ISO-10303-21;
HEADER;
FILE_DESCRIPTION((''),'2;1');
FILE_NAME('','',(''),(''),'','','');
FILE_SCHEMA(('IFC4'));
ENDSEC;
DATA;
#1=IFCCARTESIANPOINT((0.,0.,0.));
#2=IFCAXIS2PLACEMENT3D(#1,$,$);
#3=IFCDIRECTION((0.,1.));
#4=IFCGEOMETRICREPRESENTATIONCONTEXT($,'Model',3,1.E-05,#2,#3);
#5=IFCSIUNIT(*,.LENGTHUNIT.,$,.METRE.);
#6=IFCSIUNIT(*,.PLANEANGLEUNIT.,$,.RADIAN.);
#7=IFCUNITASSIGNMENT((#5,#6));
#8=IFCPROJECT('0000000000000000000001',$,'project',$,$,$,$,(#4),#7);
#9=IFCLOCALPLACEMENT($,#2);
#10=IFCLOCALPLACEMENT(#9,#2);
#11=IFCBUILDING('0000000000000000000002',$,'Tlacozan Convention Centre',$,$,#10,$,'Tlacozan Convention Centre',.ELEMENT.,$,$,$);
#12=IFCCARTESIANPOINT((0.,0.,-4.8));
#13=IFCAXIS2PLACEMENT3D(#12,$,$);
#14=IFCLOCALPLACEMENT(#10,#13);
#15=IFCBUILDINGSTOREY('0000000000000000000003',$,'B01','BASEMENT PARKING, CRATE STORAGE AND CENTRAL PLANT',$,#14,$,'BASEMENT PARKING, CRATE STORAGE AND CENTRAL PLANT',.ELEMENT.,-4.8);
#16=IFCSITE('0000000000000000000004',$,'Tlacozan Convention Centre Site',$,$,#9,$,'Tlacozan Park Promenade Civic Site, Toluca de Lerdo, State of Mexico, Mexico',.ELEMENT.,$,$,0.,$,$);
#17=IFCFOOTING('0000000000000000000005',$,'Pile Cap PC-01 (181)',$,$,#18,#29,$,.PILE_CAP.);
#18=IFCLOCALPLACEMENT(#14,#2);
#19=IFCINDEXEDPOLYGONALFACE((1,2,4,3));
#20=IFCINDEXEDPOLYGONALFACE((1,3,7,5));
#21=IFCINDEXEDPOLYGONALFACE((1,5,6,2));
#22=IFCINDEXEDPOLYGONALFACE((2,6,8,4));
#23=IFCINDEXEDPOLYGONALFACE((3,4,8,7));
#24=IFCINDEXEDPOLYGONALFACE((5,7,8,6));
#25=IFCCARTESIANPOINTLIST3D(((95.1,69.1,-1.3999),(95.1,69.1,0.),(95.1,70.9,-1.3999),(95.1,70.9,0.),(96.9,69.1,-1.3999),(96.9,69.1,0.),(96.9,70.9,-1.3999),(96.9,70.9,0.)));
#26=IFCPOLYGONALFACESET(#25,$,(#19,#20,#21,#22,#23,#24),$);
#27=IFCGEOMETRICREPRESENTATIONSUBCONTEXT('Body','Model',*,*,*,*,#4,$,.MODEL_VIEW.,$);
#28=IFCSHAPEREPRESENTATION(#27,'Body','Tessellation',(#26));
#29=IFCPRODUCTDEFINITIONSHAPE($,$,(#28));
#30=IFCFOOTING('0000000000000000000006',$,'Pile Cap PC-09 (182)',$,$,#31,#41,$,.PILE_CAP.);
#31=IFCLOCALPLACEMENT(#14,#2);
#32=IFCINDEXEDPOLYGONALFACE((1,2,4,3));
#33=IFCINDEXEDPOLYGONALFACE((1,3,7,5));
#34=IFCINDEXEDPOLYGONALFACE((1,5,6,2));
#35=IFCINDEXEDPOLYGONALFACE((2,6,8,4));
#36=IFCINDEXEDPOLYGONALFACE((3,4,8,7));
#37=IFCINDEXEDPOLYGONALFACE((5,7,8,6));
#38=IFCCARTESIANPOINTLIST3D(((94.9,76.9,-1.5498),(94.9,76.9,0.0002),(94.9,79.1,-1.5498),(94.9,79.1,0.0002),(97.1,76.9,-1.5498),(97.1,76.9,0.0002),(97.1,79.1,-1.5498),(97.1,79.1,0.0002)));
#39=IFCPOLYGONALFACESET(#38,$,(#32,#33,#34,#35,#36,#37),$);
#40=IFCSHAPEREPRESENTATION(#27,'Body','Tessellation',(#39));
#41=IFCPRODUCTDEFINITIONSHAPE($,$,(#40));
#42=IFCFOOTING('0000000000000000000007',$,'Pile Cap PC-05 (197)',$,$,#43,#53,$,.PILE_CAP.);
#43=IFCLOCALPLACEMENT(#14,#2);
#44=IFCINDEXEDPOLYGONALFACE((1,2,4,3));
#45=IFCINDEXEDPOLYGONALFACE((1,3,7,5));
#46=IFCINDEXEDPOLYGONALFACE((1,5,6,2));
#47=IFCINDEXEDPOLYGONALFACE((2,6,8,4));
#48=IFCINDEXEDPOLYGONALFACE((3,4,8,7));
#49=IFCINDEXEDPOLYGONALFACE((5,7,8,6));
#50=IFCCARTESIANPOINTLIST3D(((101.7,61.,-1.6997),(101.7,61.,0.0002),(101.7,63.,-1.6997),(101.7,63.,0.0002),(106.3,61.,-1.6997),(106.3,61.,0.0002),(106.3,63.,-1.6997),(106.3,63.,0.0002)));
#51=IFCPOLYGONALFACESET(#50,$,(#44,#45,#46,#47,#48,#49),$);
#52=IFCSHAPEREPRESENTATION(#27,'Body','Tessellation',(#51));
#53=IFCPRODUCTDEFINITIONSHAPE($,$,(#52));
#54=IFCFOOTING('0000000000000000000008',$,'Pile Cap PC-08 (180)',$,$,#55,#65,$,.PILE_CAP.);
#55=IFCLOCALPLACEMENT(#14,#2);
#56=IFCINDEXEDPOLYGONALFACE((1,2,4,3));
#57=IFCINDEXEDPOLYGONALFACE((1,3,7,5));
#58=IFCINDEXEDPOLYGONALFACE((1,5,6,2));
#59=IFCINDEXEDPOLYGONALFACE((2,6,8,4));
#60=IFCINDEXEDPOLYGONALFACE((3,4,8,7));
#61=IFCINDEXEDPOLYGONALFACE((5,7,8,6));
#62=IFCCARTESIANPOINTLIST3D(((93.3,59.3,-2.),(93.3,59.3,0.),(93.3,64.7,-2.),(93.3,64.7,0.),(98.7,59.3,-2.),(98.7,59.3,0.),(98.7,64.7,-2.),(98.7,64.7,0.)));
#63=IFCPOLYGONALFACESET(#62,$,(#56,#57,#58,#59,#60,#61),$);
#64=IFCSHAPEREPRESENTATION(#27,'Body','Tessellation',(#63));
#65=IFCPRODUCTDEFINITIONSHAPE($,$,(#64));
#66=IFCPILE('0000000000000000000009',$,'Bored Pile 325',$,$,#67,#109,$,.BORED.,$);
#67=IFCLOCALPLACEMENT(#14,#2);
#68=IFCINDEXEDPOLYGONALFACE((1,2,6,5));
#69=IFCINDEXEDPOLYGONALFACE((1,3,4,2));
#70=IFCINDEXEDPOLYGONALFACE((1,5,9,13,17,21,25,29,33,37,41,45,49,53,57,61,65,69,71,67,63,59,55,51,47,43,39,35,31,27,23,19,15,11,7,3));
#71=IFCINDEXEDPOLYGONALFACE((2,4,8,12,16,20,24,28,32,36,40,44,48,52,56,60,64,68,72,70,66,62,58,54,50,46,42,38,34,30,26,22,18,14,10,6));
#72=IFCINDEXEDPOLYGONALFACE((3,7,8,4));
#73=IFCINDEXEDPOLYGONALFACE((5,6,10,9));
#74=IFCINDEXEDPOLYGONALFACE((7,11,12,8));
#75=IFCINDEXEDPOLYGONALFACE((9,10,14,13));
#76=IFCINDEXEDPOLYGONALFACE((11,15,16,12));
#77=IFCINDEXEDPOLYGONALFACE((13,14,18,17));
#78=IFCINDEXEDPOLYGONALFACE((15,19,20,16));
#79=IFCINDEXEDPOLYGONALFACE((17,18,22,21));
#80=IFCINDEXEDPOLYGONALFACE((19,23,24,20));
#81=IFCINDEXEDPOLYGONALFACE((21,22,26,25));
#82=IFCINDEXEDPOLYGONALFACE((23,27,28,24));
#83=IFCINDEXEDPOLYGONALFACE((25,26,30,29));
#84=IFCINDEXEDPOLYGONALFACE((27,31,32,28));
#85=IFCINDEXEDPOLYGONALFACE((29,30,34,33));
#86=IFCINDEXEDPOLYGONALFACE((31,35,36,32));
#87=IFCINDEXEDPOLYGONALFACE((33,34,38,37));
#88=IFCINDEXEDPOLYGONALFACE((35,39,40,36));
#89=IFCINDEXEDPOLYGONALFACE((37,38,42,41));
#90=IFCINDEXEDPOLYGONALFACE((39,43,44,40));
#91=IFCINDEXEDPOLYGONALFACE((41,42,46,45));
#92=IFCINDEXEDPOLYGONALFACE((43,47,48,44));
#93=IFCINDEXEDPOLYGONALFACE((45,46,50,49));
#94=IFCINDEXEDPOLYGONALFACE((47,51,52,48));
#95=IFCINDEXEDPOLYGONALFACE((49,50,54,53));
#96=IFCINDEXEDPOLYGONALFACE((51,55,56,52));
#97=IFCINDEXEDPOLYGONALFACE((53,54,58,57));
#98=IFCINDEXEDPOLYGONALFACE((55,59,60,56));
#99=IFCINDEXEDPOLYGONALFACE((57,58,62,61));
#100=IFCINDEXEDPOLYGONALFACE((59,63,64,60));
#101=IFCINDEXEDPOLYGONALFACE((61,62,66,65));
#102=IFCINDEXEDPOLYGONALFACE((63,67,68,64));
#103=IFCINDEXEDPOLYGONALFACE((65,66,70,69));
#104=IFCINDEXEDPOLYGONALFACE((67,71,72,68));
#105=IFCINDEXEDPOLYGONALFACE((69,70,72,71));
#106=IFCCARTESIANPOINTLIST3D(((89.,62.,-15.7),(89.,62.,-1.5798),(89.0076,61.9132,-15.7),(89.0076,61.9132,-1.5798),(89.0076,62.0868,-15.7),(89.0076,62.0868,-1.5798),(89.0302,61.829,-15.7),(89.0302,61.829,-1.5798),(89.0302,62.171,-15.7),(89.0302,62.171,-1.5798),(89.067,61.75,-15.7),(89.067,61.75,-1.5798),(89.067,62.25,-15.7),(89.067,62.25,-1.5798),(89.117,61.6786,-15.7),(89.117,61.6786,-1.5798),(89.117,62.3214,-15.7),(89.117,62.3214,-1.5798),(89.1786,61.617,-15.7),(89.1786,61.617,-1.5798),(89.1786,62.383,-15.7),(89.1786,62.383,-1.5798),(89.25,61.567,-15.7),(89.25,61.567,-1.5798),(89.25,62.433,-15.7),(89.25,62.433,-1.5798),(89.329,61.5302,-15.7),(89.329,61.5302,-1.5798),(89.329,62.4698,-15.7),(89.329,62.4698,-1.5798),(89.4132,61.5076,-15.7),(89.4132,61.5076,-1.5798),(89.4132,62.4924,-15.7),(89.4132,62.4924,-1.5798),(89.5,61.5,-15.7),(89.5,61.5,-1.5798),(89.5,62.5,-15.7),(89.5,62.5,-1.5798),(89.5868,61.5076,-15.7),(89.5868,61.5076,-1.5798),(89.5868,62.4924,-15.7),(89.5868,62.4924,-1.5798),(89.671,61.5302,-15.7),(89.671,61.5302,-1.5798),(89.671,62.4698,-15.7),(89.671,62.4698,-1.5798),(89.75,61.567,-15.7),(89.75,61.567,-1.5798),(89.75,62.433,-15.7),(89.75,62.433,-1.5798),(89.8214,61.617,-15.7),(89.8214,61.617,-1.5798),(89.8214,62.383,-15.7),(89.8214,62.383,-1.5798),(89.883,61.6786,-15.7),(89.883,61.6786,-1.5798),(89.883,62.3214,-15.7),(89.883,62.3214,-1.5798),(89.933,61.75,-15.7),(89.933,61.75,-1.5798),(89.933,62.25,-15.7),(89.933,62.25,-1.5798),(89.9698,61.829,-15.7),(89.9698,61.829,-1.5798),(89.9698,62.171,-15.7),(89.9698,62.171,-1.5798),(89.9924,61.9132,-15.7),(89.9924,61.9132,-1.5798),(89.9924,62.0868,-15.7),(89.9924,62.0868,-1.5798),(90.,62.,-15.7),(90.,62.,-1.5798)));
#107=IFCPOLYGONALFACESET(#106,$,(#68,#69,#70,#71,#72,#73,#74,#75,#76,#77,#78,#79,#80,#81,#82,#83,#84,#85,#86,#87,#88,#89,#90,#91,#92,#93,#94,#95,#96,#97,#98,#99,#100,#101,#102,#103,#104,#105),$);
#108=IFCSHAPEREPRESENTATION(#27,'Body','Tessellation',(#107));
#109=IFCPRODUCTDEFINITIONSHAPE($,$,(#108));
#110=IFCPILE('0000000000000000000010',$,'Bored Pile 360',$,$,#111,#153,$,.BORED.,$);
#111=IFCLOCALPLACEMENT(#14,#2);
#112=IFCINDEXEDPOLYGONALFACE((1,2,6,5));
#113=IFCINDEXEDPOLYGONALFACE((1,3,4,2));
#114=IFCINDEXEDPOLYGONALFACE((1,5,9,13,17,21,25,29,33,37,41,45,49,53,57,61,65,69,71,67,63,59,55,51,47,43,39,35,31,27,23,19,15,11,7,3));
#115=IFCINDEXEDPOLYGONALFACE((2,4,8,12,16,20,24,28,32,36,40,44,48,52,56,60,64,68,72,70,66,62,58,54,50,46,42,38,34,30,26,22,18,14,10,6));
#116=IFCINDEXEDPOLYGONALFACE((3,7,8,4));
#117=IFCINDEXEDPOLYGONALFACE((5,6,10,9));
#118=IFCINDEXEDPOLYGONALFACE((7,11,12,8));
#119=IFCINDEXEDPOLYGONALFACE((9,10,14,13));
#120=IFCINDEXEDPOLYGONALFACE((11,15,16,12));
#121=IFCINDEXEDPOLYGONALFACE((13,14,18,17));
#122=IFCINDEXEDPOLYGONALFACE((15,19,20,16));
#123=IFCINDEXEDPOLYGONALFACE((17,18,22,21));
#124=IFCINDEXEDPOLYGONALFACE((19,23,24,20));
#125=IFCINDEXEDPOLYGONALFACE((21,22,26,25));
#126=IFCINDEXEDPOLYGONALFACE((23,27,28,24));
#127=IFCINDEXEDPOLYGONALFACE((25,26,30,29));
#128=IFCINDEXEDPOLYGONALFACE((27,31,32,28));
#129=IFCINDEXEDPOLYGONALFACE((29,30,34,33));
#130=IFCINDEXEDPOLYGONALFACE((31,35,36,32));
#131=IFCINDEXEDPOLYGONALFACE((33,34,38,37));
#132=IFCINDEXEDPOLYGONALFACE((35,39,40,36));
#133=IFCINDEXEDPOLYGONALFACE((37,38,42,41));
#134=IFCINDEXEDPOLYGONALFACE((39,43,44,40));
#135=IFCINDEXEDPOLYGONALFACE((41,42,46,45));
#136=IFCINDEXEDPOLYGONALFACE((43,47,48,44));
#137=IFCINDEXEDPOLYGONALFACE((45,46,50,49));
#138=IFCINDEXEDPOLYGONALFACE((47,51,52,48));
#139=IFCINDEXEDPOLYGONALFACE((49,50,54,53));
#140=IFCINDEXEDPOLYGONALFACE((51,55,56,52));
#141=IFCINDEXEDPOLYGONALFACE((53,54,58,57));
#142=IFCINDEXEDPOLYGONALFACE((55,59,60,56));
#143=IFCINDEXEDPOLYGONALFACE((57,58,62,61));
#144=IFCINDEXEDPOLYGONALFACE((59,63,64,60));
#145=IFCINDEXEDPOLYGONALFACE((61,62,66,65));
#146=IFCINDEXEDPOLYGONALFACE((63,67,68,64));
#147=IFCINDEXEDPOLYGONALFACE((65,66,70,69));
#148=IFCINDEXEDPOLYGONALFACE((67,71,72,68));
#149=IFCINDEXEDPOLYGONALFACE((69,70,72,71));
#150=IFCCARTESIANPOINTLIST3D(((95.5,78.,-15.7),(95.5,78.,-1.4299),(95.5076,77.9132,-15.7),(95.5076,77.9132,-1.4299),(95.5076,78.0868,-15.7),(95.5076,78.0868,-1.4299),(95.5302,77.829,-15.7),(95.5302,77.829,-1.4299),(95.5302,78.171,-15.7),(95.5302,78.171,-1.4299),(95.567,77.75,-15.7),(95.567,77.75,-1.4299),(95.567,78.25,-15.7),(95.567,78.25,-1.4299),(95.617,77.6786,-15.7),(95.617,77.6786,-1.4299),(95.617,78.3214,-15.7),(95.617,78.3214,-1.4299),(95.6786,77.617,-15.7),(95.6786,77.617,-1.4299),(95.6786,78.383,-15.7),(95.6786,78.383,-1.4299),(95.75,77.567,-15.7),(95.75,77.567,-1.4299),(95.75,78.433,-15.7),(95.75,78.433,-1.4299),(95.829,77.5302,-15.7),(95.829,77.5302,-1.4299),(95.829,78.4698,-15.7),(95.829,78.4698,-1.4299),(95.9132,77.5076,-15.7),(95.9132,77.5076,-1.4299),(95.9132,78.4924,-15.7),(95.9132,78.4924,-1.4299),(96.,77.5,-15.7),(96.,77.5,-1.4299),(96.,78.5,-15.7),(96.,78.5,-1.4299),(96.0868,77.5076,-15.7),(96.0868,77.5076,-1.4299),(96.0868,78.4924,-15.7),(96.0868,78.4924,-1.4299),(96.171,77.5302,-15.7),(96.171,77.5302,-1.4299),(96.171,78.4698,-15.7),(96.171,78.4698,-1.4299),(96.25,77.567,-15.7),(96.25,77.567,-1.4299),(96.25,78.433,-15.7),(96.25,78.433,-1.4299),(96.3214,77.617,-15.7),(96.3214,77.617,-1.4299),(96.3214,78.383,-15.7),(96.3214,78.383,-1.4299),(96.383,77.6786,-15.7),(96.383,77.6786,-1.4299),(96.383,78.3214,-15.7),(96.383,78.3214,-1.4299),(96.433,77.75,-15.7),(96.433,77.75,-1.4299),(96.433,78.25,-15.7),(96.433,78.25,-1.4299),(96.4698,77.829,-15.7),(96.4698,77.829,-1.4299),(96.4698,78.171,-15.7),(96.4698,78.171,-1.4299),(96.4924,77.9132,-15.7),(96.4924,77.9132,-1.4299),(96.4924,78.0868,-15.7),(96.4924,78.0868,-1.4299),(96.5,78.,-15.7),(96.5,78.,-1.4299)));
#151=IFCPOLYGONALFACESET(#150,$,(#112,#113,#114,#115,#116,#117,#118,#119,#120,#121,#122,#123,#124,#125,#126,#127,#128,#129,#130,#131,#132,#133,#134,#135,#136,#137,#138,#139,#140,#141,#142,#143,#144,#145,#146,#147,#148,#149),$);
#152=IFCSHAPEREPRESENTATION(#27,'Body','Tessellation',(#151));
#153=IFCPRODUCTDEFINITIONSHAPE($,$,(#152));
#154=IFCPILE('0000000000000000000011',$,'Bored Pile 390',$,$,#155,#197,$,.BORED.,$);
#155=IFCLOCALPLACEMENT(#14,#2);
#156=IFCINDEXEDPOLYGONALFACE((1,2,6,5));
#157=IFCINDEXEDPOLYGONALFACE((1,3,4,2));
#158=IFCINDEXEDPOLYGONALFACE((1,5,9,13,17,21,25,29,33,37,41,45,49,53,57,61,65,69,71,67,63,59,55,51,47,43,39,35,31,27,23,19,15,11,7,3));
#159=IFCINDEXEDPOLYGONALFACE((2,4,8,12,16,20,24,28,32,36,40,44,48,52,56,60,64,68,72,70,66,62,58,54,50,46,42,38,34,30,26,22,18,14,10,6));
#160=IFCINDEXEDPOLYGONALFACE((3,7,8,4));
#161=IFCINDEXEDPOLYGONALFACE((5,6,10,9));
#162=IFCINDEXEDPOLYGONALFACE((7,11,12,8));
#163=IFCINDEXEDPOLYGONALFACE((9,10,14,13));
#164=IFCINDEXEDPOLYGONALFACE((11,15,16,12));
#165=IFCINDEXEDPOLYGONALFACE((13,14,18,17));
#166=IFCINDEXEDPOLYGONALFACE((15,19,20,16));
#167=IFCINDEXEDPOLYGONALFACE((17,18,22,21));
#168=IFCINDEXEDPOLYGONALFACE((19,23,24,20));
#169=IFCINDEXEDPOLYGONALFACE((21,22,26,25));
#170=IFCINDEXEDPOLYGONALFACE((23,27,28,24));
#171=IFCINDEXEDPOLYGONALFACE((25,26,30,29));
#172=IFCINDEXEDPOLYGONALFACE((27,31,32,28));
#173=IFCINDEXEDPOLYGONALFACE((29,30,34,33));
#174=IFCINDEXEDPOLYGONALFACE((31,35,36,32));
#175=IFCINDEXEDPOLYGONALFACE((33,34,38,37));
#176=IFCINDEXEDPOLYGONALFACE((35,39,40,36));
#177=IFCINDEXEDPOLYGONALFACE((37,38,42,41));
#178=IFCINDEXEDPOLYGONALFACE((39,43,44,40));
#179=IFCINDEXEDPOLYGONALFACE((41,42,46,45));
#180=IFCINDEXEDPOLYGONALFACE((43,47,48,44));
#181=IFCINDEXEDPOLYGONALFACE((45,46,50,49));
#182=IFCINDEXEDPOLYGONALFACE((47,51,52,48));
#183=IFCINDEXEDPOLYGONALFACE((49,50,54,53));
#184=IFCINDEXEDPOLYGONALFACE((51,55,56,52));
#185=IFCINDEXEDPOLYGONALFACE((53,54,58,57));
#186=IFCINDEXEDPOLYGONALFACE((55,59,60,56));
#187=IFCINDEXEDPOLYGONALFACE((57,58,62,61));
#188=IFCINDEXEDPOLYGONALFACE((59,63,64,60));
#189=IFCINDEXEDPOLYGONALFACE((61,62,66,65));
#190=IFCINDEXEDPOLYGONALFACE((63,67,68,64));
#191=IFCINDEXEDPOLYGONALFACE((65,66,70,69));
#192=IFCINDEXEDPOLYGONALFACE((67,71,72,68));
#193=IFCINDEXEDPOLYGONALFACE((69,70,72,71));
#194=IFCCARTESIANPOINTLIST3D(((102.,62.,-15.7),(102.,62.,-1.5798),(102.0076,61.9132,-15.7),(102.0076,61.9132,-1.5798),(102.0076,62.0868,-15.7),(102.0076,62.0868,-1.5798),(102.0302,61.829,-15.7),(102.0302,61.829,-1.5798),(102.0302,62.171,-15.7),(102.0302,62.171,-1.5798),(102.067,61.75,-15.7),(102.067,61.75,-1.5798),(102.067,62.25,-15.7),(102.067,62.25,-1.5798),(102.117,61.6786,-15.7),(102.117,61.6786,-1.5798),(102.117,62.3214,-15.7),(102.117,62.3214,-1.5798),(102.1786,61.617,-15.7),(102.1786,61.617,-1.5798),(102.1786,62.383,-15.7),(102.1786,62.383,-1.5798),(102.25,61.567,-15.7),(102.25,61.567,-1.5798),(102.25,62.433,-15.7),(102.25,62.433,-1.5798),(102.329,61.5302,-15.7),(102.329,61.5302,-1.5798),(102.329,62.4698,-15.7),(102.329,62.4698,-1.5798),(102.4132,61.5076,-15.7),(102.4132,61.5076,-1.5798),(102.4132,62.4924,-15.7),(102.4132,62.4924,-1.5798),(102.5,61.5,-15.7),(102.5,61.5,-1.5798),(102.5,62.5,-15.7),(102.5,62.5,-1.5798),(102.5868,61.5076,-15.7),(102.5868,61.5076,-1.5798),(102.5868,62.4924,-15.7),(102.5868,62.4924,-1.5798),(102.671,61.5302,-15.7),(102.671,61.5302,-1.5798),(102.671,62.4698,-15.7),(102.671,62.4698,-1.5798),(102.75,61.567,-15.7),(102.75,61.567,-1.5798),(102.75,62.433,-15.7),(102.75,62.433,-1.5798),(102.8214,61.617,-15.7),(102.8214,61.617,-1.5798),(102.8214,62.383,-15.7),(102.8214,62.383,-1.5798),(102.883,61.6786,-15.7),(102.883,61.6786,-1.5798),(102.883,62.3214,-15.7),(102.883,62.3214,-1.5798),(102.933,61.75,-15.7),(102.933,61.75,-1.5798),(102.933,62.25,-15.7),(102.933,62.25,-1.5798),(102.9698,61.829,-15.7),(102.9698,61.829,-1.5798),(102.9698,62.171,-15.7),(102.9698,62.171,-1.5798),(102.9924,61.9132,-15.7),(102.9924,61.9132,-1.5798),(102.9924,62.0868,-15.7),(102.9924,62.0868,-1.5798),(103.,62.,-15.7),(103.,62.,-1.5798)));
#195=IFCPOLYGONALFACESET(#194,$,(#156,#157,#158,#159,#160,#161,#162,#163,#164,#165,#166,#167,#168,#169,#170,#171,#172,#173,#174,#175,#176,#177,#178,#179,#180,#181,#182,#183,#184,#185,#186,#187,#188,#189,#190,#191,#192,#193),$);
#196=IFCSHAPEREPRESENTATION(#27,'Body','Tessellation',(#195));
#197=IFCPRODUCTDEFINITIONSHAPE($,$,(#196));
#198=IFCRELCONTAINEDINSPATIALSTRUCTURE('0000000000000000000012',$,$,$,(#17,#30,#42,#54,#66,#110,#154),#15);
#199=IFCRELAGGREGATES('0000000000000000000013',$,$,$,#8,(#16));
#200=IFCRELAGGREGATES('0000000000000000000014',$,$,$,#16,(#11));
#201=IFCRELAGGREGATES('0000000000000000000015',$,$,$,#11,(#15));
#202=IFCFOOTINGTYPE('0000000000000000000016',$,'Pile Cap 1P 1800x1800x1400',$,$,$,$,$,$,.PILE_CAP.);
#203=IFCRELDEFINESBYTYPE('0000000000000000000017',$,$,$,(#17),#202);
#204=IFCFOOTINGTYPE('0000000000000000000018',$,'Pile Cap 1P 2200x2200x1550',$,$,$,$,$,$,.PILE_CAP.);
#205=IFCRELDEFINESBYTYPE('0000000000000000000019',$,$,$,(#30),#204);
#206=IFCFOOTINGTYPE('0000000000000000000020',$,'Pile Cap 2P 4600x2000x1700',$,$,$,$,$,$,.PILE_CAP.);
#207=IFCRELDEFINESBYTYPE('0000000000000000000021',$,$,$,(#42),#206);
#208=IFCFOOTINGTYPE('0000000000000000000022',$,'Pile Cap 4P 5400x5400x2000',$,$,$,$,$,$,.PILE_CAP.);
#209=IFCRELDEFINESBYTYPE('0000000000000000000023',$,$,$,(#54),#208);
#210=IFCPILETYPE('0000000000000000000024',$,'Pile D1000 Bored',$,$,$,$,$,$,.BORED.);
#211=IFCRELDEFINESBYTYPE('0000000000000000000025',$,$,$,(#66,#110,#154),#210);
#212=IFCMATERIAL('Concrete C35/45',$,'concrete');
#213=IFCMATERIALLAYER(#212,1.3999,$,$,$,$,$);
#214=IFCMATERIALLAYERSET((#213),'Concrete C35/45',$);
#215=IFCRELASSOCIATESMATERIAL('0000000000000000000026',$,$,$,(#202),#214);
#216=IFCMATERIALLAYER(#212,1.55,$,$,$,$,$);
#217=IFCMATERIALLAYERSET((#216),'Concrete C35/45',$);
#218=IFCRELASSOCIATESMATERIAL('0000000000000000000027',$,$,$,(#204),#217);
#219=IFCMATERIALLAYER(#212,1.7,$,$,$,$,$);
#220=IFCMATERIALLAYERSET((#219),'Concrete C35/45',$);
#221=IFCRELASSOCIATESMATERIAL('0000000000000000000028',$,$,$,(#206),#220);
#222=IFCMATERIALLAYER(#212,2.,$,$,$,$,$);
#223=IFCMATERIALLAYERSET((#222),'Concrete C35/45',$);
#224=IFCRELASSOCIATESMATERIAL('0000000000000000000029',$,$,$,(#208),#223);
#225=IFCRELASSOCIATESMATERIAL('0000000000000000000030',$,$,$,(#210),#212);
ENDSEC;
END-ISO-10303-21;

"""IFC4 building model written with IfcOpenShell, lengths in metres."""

from ifc_helpers import new_model, si_unit, direction, frame, origin, origin_2d, place, context, subcontext, project, spatial, rectangle, circle, extrude, material, layer, layer_set, material_profile, profile_set, type_object, element, save


model = new_model("IFC4")

# Units and contexts
model_context = context("Model", 3, precision=1e-05, world=origin(), true_north=direction((0.0, 1.0)))
body_context = subcontext(model_context, "Body", "Model", "MODEL_VIEW")
ifc_project = project(units=[si_unit("LENGTHUNIT", "METRE"), si_unit("PLANEANGLEUNIT", "RADIAN")], contexts=[model_context])

# Site, building, storey
site_placement = place(None, origin())
site = spatial("IfcSite", under=ifc_project, at=site_placement, Name="Tlacozan Convention Centre Site", LongName="Tlacozan Park Promenade Civic Site, Toluca de Lerdo, State of Mexico, Mexico", CompositionType="ELEMENT", RefElevation=0.0)
building_placement = place(site_placement, origin())
building = spatial("IfcBuilding", under=site, at=building_placement, Name="Tlacozan Convention Centre", LongName="Tlacozan Convention Centre", CompositionType="ELEMENT")
storey_placement = place(building_placement, frame((0.0, 0.0, -4.8)))
storey = spatial("IfcBuildingStorey", under=building, at=storey_placement, Name="B01", Description="BASEMENT PARKING, CRATE STORAGE AND CENTRAL PLANT", LongName="BASEMENT PARKING, CRATE STORAGE AND CENTRAL PLANT", CompositionType="ELEMENT", Elevation=-4.8)

# Footings
ifc_material_1 = material(Name="Concrete C35/45", Category="concrete")
ifc_layer_1 = layer(ifc_material_1, 1.3999)
ifc_layer_set_1 = layer_set([ifc_layer_1], Name="Concrete C35/45")
footing_type_1 = type_object("IfcFootingType", Name="Pile Cap 1P 1800x1800x1400", PredefinedType="PILE_CAP", material=ifc_layer_set_1)
footing_1_placement = place(storey_placement, frame((96.0, 70.0, -1.3999), z_axis=(0.0, 0.0, 1.0), x_axis=(1.0, 0.0, 0.0)))
element("IfcFooting", 1, at=footing_1_placement, inside=storey, type_object=footing_type_1, Name="Pile Cap PC-01 (181)", PredefinedType="PILE_CAP", context=body_context, shape_type="SweptSolid", body=[
    extrude(rectangle(XDim=1.8, YDim=1.8, at=origin_2d()), origin(), (0.0, 0.0, 1.0), 1.3999),
])
ifc_layer_2 = layer(ifc_material_1, 1.55)
ifc_layer_set_2 = layer_set([ifc_layer_2], Name="Concrete C35/45")
footing_type_2 = type_object("IfcFootingType", Name="Pile Cap 1P 2200x2200x1550", PredefinedType="PILE_CAP", material=ifc_layer_set_2)
footing_2_placement = place(storey_placement, frame((96.0, 78.0, -1.5498), z_axis=(0.0, 0.0, 1.0), x_axis=(1.0, 0.0, 0.0)))
element("IfcFooting", 2, at=footing_2_placement, inside=storey, type_object=footing_type_2, Name="Pile Cap PC-09 (182)", PredefinedType="PILE_CAP", context=body_context, shape_type="SweptSolid", body=[
    extrude(rectangle(XDim=2.2, YDim=2.2, at=origin_2d()), origin(), (0.0, 0.0, 1.0), 1.55),
])
ifc_layer_3 = layer(ifc_material_1, 1.7)
ifc_layer_set_3 = layer_set([ifc_layer_3], Name="Concrete C35/45")
footing_type_3 = type_object("IfcFootingType", Name="Pile Cap 2P 4600x2000x1700", PredefinedType="PILE_CAP", material=ifc_layer_set_3)
footing_3_placement = place(storey_placement, frame((104.0, 62.0, -1.6997), z_axis=(0.0, 0.0, 1.0), x_axis=(1.0, 0.0, 0.0)))
element("IfcFooting", 3, at=footing_3_placement, inside=storey, type_object=footing_type_3, Name="Pile Cap PC-05 (197)", PredefinedType="PILE_CAP", context=body_context, shape_type="SweptSolid", body=[
    extrude(rectangle(XDim=4.6001, YDim=2.0, at=origin_2d()), origin(), (0.0, 0.0, 1.0), 1.7),
])
ifc_layer_4 = layer(ifc_material_1, 2.0)
ifc_layer_set_4 = layer_set([ifc_layer_4], Name="Concrete C35/45")
footing_type_4 = type_object("IfcFootingType", Name="Pile Cap 4P 5400x5400x2000", PredefinedType="PILE_CAP", material=ifc_layer_set_4)
footing_4_placement = place(storey_placement, frame((96.0, 62.0, -2.0), z_axis=(0.0, 0.0, 1.0), x_axis=(1.0, 0.0, 0.0)))
element("IfcFooting", 4, at=footing_4_placement, inside=storey, type_object=footing_type_4, Name="Pile Cap PC-08 (180)", PredefinedType="PILE_CAP", context=body_context, shape_type="SweptSolid", body=[
    extrude(rectangle(XDim=5.3999, YDim=5.3999, at=origin_2d()), origin(), (0.0, 0.0, 1.0), 2.0),
])

# Piles
ifc_material_profile_1 = material_profile(ifc_material_1, circle(Radius=0.5, at=origin_2d()), Name="PILE D1000")
ifc_profile_set_1 = profile_set([ifc_material_profile_1], Name="Concrete C35/45")
pile_type_1 = type_object("IfcPileType", Name="Pile D1000 Bored", PredefinedType="BORED", material=ifc_profile_set_1)
pile_1_placement = place(storey_placement, frame((89.5, 62.0, -1.5798), z_axis=(0.0, 0.0, -1.0), x_axis=(1.0, 0.0, 0.0)))
element("IfcPile", 5, at=pile_1_placement, inside=storey, type_object=pile_type_1, Name="Bored Pile 325", PredefinedType="BORED", context=body_context, shape_type="SweptSolid", body=[
    extrude(circle(Radius=0.5, at=origin_2d()), origin(), (0.0, 0.0, 1.0), 14.1201),
])
pile_2_placement = place(storey_placement, frame((96.0, 78.0, -1.4299), z_axis=(0.0, 0.0, -1.0), x_axis=(1.0, 0.0, 0.0)))
element("IfcPile", 6, at=pile_2_placement, inside=storey, type_object=pile_type_1, Name="Bored Pile 360", PredefinedType="BORED", context=body_context, shape_type="SweptSolid", body=[
    extrude(circle(Radius=0.5, at=origin_2d()), origin(), (0.0, 0.0, 1.0), 14.27),
])
pile_3_placement = place(storey_placement, frame((102.5, 62.0, -1.5798), z_axis=(0.0, 0.0, -1.0), x_axis=(1.0, 0.0, 0.0)))
element("IfcPile", 7, at=pile_3_placement, inside=storey, type_object=pile_type_1, Name="Bored Pile 390", PredefinedType="BORED", context=body_context, shape_type="SweptSolid", body=[
    extrude(circle(Radius=0.5, at=origin_2d()), origin(), (0.0, 0.0, 1.0), 14.1201),
])

save(model, "model.ifc")
